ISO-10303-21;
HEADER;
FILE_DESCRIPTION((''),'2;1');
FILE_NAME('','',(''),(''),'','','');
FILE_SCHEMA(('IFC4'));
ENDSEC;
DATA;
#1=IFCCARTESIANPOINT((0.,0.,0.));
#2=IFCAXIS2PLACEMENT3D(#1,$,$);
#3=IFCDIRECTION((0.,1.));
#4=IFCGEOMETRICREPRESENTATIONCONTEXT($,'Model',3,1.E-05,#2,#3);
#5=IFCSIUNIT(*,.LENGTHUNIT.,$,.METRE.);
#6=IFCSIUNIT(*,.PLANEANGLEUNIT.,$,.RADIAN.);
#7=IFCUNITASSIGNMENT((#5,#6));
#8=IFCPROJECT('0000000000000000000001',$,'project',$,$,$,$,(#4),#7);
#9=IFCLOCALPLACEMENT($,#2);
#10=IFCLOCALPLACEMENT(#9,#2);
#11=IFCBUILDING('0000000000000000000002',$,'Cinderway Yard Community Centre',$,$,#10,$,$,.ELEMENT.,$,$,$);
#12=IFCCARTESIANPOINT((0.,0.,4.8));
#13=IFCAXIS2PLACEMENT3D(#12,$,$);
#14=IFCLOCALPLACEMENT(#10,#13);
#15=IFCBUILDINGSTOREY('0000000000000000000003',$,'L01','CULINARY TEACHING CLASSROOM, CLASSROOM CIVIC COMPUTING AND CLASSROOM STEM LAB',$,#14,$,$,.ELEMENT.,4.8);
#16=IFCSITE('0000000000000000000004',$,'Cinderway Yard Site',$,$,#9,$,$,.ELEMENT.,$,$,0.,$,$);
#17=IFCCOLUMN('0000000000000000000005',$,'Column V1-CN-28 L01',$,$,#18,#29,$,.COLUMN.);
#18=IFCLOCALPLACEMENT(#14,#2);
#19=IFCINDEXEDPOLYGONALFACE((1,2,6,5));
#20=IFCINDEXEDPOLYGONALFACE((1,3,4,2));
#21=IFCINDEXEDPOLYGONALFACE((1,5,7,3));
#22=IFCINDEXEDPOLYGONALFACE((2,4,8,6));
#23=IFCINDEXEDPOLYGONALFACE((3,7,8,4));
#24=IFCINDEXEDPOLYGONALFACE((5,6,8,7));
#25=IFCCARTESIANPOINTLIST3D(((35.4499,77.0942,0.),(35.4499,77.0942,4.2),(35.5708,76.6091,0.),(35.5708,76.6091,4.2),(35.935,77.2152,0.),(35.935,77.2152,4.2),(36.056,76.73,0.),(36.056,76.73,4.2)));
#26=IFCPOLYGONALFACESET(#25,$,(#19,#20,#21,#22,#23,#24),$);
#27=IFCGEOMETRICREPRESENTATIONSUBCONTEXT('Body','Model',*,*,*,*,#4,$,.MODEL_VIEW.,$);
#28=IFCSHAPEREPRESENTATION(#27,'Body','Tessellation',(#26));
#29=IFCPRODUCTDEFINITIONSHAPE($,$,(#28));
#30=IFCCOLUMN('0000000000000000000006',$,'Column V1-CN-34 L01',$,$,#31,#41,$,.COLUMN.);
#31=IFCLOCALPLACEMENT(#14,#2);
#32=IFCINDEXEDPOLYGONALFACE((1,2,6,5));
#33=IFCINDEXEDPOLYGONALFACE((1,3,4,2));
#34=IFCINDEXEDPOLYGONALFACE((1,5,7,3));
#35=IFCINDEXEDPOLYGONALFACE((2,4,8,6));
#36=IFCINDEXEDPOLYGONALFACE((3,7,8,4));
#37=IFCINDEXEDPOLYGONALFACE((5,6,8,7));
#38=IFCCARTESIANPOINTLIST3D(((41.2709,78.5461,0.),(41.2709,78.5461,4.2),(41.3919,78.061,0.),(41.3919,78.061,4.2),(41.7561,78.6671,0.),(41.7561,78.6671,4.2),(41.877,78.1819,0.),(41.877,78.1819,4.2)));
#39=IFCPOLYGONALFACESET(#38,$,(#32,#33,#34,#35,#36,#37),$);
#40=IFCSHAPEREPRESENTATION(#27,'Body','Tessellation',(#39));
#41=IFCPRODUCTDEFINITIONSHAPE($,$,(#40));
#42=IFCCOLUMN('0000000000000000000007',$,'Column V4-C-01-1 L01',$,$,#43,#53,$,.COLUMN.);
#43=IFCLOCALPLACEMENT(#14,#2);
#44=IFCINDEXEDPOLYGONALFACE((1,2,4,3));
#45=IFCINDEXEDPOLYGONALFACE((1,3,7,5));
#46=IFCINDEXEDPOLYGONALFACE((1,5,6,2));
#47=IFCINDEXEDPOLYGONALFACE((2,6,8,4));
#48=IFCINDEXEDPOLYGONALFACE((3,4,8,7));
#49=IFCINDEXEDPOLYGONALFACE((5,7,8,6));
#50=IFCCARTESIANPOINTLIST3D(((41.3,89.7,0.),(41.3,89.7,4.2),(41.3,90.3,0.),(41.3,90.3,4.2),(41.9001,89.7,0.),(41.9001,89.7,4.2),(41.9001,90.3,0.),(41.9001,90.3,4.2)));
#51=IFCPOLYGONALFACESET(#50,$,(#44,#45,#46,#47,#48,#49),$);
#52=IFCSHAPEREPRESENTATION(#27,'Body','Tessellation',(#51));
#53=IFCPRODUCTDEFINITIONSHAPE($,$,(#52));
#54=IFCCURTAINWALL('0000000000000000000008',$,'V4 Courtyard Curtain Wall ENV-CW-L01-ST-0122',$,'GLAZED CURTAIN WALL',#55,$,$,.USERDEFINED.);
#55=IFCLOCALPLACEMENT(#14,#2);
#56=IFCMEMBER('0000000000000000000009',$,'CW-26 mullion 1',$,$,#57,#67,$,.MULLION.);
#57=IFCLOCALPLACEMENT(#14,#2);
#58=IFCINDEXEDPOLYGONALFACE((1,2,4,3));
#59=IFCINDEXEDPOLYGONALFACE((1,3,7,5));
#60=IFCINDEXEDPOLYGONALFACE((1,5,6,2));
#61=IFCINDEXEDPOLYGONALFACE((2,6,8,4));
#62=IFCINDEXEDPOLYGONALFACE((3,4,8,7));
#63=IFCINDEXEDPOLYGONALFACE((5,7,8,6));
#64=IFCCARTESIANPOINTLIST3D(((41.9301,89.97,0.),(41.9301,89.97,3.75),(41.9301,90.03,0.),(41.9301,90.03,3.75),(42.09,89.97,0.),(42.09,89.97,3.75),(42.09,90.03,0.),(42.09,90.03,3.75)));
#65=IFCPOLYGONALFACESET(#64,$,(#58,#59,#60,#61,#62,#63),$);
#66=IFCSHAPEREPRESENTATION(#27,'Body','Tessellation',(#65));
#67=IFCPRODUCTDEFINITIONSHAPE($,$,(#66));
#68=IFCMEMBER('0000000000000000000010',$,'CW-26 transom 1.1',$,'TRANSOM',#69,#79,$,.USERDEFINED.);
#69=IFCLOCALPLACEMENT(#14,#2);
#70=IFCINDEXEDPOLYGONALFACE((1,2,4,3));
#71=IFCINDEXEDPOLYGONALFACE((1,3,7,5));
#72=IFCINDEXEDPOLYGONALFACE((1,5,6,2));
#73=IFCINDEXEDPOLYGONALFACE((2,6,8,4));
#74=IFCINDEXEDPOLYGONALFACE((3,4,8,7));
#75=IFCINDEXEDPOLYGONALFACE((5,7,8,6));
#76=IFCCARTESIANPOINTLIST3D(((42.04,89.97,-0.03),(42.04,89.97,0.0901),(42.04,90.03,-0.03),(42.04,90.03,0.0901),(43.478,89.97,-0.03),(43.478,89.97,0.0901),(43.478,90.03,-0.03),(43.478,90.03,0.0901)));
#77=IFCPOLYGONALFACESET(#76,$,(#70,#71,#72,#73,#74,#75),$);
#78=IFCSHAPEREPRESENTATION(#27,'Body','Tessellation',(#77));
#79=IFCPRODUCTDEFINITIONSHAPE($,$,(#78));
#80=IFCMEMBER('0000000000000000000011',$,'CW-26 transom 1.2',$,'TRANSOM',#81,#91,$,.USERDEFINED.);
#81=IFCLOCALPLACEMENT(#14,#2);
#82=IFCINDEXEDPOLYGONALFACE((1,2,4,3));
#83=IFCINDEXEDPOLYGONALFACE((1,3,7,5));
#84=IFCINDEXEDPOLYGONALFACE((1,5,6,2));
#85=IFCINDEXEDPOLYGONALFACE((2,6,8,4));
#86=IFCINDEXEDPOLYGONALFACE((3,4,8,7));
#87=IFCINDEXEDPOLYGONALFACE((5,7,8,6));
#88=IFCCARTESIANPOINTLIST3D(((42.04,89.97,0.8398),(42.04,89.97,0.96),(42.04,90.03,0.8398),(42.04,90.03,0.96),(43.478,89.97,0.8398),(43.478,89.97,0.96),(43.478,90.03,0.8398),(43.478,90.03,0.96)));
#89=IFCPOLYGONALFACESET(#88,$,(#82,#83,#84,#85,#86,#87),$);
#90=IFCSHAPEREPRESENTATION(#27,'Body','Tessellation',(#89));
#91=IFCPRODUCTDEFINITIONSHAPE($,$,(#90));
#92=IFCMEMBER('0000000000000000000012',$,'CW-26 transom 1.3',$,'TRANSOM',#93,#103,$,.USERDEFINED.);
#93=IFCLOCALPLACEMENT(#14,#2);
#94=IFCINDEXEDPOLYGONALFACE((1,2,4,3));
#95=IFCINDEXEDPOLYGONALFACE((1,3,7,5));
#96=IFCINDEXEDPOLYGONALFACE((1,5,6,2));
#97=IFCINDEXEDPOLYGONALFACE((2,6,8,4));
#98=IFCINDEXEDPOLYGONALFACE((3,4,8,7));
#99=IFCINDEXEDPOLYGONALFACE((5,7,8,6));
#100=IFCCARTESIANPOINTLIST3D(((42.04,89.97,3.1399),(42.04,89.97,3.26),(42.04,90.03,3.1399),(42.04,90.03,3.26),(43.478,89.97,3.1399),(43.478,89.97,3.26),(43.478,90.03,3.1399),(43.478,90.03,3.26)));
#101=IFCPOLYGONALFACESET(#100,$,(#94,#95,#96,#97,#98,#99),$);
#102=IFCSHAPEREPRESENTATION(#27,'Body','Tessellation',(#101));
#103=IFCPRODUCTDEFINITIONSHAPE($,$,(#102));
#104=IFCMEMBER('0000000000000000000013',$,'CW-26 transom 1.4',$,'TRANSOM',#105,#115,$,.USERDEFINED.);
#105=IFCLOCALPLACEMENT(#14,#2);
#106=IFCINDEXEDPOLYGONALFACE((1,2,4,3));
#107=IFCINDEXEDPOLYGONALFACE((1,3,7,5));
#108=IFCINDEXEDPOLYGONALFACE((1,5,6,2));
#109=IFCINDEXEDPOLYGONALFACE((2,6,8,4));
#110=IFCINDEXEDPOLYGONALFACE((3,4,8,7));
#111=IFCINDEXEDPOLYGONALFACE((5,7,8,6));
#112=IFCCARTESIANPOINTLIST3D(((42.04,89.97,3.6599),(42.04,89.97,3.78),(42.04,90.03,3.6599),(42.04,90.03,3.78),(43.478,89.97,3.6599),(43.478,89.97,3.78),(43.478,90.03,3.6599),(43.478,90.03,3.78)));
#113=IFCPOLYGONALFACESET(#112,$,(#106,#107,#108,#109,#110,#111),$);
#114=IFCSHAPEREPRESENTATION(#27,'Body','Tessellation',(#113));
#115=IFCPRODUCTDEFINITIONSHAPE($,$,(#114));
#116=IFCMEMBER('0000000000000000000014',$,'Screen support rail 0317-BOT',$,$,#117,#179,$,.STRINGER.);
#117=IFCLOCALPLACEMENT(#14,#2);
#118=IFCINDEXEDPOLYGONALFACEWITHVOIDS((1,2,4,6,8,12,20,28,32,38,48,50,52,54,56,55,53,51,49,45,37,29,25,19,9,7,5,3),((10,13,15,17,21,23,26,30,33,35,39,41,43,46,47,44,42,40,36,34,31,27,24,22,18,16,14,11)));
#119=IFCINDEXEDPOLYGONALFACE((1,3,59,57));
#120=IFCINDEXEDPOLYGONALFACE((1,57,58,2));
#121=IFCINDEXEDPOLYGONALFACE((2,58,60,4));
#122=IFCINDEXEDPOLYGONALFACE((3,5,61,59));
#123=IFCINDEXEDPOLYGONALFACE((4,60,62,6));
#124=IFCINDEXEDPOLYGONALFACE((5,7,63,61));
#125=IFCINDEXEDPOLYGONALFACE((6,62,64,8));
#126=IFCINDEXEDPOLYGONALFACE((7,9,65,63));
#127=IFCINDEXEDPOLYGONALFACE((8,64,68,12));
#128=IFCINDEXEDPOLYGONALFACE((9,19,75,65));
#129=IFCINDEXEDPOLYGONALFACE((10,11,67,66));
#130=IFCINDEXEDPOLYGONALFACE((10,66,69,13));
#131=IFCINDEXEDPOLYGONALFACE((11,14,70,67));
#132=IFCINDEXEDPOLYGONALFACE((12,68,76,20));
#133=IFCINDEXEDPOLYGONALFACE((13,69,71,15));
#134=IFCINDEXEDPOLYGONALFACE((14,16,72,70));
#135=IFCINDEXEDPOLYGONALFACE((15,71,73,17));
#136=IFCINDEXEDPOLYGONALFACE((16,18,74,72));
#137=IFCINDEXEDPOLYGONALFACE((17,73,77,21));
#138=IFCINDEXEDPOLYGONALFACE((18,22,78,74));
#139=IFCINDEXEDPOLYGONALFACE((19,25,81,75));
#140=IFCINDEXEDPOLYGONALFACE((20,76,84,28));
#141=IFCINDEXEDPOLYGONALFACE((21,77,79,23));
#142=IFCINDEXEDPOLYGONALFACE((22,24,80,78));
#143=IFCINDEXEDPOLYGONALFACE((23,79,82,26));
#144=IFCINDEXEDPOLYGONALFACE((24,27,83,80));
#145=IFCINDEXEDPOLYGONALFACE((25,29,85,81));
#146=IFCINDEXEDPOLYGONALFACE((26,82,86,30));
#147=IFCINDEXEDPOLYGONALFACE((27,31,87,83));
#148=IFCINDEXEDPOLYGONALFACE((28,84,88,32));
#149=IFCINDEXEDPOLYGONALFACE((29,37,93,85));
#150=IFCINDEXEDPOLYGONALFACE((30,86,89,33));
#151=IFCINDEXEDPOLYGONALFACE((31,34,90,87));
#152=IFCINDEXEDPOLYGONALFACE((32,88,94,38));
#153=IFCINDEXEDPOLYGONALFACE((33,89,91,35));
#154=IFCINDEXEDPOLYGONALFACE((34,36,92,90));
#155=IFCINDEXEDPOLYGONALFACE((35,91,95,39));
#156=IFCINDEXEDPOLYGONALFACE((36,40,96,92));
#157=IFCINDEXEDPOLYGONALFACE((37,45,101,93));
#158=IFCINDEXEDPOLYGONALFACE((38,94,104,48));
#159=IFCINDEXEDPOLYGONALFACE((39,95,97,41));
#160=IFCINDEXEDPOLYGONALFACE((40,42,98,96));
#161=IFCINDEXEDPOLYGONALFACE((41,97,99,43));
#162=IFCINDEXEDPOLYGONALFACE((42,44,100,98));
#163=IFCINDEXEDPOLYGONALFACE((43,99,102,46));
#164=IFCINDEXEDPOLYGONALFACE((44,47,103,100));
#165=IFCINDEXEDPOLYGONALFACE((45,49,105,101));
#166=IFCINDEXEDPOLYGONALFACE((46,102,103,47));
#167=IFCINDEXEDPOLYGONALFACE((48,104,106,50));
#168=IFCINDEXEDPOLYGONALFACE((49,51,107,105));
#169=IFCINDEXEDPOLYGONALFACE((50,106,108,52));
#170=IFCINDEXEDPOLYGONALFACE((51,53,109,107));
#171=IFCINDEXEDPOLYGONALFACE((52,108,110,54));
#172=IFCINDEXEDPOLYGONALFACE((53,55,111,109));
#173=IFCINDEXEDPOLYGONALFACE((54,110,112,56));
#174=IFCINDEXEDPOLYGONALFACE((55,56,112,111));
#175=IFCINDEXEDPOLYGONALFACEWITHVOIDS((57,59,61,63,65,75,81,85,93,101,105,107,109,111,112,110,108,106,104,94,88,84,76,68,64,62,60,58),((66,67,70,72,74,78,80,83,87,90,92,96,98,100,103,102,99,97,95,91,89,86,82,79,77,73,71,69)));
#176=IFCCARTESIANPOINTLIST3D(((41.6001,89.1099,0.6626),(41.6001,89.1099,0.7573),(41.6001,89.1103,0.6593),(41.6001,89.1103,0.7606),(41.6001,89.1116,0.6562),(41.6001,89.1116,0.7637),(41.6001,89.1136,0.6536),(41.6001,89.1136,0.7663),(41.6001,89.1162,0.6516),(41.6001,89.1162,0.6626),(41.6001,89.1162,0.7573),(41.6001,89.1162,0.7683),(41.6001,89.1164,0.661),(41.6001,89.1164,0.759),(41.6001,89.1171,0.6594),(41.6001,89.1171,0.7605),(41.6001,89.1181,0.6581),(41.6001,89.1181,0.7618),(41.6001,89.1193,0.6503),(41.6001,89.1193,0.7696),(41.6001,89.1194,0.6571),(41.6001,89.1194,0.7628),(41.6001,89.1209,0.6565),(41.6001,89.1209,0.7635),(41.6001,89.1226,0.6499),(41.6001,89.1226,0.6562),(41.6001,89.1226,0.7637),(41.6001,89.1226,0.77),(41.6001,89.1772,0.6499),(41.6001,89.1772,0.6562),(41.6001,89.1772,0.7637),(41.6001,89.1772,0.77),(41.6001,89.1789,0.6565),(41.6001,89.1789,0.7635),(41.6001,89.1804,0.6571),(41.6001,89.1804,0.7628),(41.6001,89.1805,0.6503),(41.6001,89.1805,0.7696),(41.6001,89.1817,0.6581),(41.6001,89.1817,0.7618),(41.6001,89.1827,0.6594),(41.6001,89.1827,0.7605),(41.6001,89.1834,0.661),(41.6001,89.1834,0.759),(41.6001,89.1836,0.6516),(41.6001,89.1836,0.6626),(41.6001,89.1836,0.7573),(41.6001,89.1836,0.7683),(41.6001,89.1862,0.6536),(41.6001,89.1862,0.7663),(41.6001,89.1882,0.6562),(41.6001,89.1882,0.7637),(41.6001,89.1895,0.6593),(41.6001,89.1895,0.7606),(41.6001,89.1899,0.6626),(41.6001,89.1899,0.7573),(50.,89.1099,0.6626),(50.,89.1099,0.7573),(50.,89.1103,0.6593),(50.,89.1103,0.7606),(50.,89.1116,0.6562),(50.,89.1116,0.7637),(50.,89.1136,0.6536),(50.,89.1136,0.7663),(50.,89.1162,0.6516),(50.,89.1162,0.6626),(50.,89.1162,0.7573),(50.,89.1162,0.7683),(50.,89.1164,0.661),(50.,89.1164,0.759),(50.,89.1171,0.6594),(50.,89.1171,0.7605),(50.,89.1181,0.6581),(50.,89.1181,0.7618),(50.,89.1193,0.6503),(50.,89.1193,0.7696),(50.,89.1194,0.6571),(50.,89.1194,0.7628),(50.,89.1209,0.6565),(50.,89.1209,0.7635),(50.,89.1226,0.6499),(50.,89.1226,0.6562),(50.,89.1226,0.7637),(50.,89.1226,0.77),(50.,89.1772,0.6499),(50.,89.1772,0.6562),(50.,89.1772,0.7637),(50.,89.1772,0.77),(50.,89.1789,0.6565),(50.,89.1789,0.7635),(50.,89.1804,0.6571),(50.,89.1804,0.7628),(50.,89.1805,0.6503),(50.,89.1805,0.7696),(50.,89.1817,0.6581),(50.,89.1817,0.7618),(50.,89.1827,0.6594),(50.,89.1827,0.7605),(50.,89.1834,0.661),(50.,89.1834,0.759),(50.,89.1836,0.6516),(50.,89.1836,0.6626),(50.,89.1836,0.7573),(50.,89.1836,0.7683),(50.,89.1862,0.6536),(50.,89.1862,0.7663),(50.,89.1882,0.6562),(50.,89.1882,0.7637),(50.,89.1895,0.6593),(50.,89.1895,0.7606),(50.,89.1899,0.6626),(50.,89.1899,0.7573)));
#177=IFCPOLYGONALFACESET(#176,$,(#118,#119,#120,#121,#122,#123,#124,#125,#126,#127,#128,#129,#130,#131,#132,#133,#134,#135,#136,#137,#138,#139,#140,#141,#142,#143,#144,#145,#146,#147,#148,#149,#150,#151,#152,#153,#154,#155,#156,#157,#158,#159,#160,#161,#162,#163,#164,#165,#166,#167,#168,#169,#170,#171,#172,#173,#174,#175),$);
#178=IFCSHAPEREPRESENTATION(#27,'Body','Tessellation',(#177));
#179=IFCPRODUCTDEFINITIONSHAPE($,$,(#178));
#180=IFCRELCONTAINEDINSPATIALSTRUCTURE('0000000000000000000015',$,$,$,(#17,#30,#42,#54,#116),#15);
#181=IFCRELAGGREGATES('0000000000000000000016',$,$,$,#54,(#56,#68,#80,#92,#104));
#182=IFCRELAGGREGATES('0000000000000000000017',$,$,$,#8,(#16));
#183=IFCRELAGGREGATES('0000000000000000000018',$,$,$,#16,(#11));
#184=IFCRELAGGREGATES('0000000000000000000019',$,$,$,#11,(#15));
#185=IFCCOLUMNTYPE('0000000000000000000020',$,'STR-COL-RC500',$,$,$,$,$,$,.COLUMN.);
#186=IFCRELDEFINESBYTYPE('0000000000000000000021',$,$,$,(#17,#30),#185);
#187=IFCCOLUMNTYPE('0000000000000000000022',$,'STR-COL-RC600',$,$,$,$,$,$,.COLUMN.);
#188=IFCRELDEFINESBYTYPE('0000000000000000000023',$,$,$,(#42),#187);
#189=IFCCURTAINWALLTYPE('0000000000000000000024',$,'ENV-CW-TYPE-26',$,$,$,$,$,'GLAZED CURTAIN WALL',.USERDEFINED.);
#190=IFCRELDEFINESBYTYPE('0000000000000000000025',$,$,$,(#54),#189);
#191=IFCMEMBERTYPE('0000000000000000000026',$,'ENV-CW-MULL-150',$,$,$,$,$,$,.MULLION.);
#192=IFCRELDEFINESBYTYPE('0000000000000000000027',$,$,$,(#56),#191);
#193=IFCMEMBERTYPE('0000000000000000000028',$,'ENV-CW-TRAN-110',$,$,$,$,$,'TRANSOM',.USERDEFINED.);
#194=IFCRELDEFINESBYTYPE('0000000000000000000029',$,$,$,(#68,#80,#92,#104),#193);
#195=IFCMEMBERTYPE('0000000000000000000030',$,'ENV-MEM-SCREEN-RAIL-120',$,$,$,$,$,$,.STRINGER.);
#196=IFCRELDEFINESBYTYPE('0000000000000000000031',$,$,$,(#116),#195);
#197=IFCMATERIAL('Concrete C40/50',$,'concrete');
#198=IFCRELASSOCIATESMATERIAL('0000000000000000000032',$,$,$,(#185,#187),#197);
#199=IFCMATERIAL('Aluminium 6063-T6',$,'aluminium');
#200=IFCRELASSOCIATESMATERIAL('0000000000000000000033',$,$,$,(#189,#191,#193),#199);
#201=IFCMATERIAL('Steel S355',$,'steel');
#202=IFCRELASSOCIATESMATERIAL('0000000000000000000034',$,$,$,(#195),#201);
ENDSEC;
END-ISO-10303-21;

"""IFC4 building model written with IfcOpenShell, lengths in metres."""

from ifc_helpers import new_model, si_unit, direction, frame, origin, origin_2d, place, context, subcontext, project, spatial, rectangle, hollow_rectangle, extrude, material, material_profile, profile_set, type_object, element, aggregate, save


model = new_model("IFC4")

# Units and contexts
model_context = context("Model", 3, precision=1e-05, world=origin(), true_north=direction((0.0, 1.0)))
body_context = subcontext(model_context, "Body", "Model", "MODEL_VIEW")
ifc_project = project(units=[si_unit("LENGTHUNIT", "METRE"), si_unit("PLANEANGLEUNIT", "RADIAN")], contexts=[model_context])

# Site, building, storey
site_placement = place(None, origin())
site = spatial("IfcSite", under=ifc_project, at=site_placement, Name="Cinderway Yard Site", CompositionType="ELEMENT", RefElevation=0.0)
building_placement = place(site_placement, origin())
building = spatial("IfcBuilding", under=site, at=building_placement, Name="Cinderway Yard Community Centre", CompositionType="ELEMENT")
storey_placement = place(building_placement, frame((0.0, 0.0, 4.8)))
storey = spatial("IfcBuildingStorey", under=building, at=storey_placement, Name="L01", Description="CULINARY TEACHING CLASSROOM, CLASSROOM CIVIC COMPUTING AND CLASSROOM STEM LAB", CompositionType="ELEMENT", Elevation=4.8)

# Columns
ifc_material_1 = material(Name="Concrete C40/50", Category="concrete")
ifc_material_profile_1 = material_profile(ifc_material_1, rectangle(XDim=0.5, YDim=0.5, at=origin_2d()), Name="Concrete C40/50")
ifc_profile_set_1 = profile_set([ifc_material_profile_1], Name="Concrete C40/50")
column_type_1 = type_object("IfcColumnType", Name="STR-COL-RC500", PredefinedType="COLUMN", material=ifc_profile_set_1)
for number, where, z_axis, x_axis, name in (
    (1, (35.7529, 76.9121, 0.0), (0.0, 0.0, 1.0), (0.970296, 0.241922, 0.0), "Column V1-CN-28 L01"),
    (2, (41.574, 78.364, 0.0), (0.0, 0.0, 1.0), (0.970296, 0.241922, 0.0), "Column V1-CN-34 L01"),
):
    element("IfcColumn", number, at=place(storey_placement, frame(where, z_axis=z_axis, x_axis=x_axis)), inside=storey, type_object=column_type_1, Name=name, PredefinedType="COLUMN", context=body_context, shape_type="SweptSolid", body=[
        extrude(rectangle(XDim=0.5, YDim=0.5, at=origin_2d()), origin(), (0.0, 0.0, 1.0), 4.2),
    ])
ifc_material_profile_2 = material_profile(ifc_material_1, rectangle(XDim=0.6001, YDim=0.6001, at=origin_2d()), Name="Concrete C40/50")
ifc_profile_set_2 = profile_set([ifc_material_profile_2], Name="Concrete C40/50")
column_type_2 = type_object("IfcColumnType", Name="STR-COL-RC600", PredefinedType="COLUMN", material=ifc_profile_set_2)
column_placement = place(storey_placement, frame((41.6001, 90.0, 0.0), z_axis=(0.0, 0.0, 1.0), x_axis=(1.0, 0.0, 0.0)))
element("IfcColumn", 3, at=column_placement, inside=storey, type_object=column_type_2, Name="Column V4-C-01-1 L01", PredefinedType="COLUMN", context=body_context, shape_type="SweptSolid", body=[
    extrude(rectangle(XDim=0.6001, YDim=0.6001, at=origin_2d()), origin(), (0.0, 0.0, 1.0), 4.2),
])

# Curtain wall, members
ifc_material_2 = material(Name="Aluminium 6063-T6", Category="aluminium")
curtain_wall_type = type_object("IfcCurtainWallType", Name="ENV-CW-TYPE-26", ElementType="GLAZED CURTAIN WALL", PredefinedType="USERDEFINED", material=ifc_material_2)
curtain_wall_placement = place(storey_placement, origin())
curtain_wall = element("IfcCurtainWall", 4, at=curtain_wall_placement, inside=storey, type_object=curtain_wall_type, Name="V4 Courtyard Curtain Wall ENV-CW-L01-ST-0122", ObjectType="GLAZED CURTAIN WALL", PredefinedType="USERDEFINED")
ifc_material_profile_3 = material_profile(ifc_material_2, rectangle(XDim=0.0601, YDim=0.1599, at=origin_2d()), Name="Aluminium 6063-T6")
ifc_profile_set_3 = profile_set([ifc_material_profile_3], Name="Aluminium 6063-T6")
member_type_1 = type_object("IfcMemberType", Name="ENV-CW-MULL-150", PredefinedType="MULLION", material=ifc_profile_set_3)
member_1_placement = place(storey_placement, frame((42.01, 90.0, 0.0), z_axis=(0.0, 0.0, 1.0), x_axis=(0.0, 1.0, 0.0)))
member_1 = element("IfcMember", 5, at=member_1_placement, type_object=member_type_1, Name="CW-26 mullion 1", PredefinedType="MULLION", context=body_context, shape_type="SweptSolid", body=[
    extrude(rectangle(XDim=0.0601, YDim=0.1599, at=origin_2d()), origin(), (0.0, 0.0, 1.0), 3.75),
])
ifc_material_profile_4 = material_profile(ifc_material_2, rectangle(XDim=0.0601, YDim=0.1201, at=origin_2d()), Name="Aluminium 6063-T6")
ifc_profile_set_4 = profile_set([ifc_material_profile_4], Name="Aluminium 6063-T6")
member_type_2 = type_object("IfcMemberType", Name="ENV-CW-TRAN-110", ElementType="TRANSOM", PredefinedType="USERDEFINED", material=ifc_profile_set_4)
member_2_placement = place(storey_placement, frame((42.04, 90.0, 0.03), z_axis=(1.0, 0.0, 0.0), x_axis=(0.0, 1.0, 0.0)))
member_2 = element("IfcMember", 6, at=member_2_placement, type_object=member_type_2, Name="CW-26 transom 1.1", ObjectType="TRANSOM", PredefinedType="USERDEFINED", context=body_context, shape_type="SweptSolid", body=[
    extrude(rectangle(XDim=0.0601, YDim=0.1201, at=origin_2d()), origin(), (0.0, 0.0, 1.0), 1.438),
])
member_3_placement = place(storey_placement, frame((42.04, 90.0, 0.8999), z_axis=(1.0, 0.0, 0.0), x_axis=(0.0, 1.0, 0.0)))
member_3 = element("IfcMember", 7, at=member_3_placement, type_object=member_type_2, Name="CW-26 transom 1.2", ObjectType="TRANSOM", PredefinedType="USERDEFINED", context=body_context, shape_type="SweptSolid", body=[
    extrude(rectangle(XDim=0.0601, YDim=0.1201, at=origin_2d()), origin(), (0.0, 0.0, 1.0), 1.438),
])
member_4_placement = place(storey_placement, frame((42.04, 90.0, 3.2), z_axis=(1.0, 0.0, 0.0), x_axis=(0.0, 1.0, 0.0)))
member_4 = element("IfcMember", 8, at=member_4_placement, type_object=member_type_2, Name="CW-26 transom 1.3", ObjectType="TRANSOM", PredefinedType="USERDEFINED", context=body_context, shape_type="SweptSolid", body=[
    extrude(rectangle(XDim=0.0601, YDim=0.1201, at=origin_2d()), origin(), (0.0, 0.0, 1.0), 1.438),
])
member_5_placement = place(storey_placement, frame((42.04, 90.0, 3.72), z_axis=(1.0, 0.0, 0.0), x_axis=(0.0, 1.0, 0.0)))
member_5 = element("IfcMember", 9, at=member_5_placement, type_object=member_type_2, Name="CW-26 transom 1.4", ObjectType="TRANSOM", PredefinedType="USERDEFINED", context=body_context, shape_type="SweptSolid", body=[
    extrude(rectangle(XDim=0.0601, YDim=0.1201, at=origin_2d()), origin(), (0.0, 0.0, 1.0), 1.438),
])
aggregate(curtain_wall, [member_1, member_2, member_3, member_4, member_5])

# Member
ifc_material_3 = material(Name="Steel S355", Category="steel")
ifc_material_profile_5 = material_profile(ifc_material_3, hollow_rectangle(XDim=0.0801, YDim=0.1201, WallThickness=0.0063, InnerFilletRadius=0.0063, OuterFilletRadius=0.0127, at=origin_2d()), Name="Steel S355")
ifc_profile_set_5 = profile_set([ifc_material_profile_5], Name="Steel S355")
member_type_3 = type_object("IfcMemberType", Name="ENV-MEM-SCREEN-RAIL-120", PredefinedType="STRINGER", material=ifc_profile_set_5)
for number, where, z_axis, x_axis, name in (
    (10, (41.6001, 89.1499, 0.71), (1.0, 0.0, 0.0), (0.0, 1.0, 0.0), "Screen support rail 0317-BOT"),
):
    element("IfcMember", number, at=place(storey_placement, frame(where, z_axis=z_axis, x_axis=x_axis)), inside=storey, type_object=member_type_3, Name=name, PredefinedType="STRINGER", context=body_context, shape_type="SweptSolid", body=[
        extrude(hollow_rectangle(XDim=0.0801, YDim=0.1201, WallThickness=0.0063, InnerFilletRadius=0.0063, OuterFilletRadius=0.0127, at=origin_2d()), origin(), (0.0, 0.0, 1.0), 8.3999),
    ])

save(model, "model.ifc")
